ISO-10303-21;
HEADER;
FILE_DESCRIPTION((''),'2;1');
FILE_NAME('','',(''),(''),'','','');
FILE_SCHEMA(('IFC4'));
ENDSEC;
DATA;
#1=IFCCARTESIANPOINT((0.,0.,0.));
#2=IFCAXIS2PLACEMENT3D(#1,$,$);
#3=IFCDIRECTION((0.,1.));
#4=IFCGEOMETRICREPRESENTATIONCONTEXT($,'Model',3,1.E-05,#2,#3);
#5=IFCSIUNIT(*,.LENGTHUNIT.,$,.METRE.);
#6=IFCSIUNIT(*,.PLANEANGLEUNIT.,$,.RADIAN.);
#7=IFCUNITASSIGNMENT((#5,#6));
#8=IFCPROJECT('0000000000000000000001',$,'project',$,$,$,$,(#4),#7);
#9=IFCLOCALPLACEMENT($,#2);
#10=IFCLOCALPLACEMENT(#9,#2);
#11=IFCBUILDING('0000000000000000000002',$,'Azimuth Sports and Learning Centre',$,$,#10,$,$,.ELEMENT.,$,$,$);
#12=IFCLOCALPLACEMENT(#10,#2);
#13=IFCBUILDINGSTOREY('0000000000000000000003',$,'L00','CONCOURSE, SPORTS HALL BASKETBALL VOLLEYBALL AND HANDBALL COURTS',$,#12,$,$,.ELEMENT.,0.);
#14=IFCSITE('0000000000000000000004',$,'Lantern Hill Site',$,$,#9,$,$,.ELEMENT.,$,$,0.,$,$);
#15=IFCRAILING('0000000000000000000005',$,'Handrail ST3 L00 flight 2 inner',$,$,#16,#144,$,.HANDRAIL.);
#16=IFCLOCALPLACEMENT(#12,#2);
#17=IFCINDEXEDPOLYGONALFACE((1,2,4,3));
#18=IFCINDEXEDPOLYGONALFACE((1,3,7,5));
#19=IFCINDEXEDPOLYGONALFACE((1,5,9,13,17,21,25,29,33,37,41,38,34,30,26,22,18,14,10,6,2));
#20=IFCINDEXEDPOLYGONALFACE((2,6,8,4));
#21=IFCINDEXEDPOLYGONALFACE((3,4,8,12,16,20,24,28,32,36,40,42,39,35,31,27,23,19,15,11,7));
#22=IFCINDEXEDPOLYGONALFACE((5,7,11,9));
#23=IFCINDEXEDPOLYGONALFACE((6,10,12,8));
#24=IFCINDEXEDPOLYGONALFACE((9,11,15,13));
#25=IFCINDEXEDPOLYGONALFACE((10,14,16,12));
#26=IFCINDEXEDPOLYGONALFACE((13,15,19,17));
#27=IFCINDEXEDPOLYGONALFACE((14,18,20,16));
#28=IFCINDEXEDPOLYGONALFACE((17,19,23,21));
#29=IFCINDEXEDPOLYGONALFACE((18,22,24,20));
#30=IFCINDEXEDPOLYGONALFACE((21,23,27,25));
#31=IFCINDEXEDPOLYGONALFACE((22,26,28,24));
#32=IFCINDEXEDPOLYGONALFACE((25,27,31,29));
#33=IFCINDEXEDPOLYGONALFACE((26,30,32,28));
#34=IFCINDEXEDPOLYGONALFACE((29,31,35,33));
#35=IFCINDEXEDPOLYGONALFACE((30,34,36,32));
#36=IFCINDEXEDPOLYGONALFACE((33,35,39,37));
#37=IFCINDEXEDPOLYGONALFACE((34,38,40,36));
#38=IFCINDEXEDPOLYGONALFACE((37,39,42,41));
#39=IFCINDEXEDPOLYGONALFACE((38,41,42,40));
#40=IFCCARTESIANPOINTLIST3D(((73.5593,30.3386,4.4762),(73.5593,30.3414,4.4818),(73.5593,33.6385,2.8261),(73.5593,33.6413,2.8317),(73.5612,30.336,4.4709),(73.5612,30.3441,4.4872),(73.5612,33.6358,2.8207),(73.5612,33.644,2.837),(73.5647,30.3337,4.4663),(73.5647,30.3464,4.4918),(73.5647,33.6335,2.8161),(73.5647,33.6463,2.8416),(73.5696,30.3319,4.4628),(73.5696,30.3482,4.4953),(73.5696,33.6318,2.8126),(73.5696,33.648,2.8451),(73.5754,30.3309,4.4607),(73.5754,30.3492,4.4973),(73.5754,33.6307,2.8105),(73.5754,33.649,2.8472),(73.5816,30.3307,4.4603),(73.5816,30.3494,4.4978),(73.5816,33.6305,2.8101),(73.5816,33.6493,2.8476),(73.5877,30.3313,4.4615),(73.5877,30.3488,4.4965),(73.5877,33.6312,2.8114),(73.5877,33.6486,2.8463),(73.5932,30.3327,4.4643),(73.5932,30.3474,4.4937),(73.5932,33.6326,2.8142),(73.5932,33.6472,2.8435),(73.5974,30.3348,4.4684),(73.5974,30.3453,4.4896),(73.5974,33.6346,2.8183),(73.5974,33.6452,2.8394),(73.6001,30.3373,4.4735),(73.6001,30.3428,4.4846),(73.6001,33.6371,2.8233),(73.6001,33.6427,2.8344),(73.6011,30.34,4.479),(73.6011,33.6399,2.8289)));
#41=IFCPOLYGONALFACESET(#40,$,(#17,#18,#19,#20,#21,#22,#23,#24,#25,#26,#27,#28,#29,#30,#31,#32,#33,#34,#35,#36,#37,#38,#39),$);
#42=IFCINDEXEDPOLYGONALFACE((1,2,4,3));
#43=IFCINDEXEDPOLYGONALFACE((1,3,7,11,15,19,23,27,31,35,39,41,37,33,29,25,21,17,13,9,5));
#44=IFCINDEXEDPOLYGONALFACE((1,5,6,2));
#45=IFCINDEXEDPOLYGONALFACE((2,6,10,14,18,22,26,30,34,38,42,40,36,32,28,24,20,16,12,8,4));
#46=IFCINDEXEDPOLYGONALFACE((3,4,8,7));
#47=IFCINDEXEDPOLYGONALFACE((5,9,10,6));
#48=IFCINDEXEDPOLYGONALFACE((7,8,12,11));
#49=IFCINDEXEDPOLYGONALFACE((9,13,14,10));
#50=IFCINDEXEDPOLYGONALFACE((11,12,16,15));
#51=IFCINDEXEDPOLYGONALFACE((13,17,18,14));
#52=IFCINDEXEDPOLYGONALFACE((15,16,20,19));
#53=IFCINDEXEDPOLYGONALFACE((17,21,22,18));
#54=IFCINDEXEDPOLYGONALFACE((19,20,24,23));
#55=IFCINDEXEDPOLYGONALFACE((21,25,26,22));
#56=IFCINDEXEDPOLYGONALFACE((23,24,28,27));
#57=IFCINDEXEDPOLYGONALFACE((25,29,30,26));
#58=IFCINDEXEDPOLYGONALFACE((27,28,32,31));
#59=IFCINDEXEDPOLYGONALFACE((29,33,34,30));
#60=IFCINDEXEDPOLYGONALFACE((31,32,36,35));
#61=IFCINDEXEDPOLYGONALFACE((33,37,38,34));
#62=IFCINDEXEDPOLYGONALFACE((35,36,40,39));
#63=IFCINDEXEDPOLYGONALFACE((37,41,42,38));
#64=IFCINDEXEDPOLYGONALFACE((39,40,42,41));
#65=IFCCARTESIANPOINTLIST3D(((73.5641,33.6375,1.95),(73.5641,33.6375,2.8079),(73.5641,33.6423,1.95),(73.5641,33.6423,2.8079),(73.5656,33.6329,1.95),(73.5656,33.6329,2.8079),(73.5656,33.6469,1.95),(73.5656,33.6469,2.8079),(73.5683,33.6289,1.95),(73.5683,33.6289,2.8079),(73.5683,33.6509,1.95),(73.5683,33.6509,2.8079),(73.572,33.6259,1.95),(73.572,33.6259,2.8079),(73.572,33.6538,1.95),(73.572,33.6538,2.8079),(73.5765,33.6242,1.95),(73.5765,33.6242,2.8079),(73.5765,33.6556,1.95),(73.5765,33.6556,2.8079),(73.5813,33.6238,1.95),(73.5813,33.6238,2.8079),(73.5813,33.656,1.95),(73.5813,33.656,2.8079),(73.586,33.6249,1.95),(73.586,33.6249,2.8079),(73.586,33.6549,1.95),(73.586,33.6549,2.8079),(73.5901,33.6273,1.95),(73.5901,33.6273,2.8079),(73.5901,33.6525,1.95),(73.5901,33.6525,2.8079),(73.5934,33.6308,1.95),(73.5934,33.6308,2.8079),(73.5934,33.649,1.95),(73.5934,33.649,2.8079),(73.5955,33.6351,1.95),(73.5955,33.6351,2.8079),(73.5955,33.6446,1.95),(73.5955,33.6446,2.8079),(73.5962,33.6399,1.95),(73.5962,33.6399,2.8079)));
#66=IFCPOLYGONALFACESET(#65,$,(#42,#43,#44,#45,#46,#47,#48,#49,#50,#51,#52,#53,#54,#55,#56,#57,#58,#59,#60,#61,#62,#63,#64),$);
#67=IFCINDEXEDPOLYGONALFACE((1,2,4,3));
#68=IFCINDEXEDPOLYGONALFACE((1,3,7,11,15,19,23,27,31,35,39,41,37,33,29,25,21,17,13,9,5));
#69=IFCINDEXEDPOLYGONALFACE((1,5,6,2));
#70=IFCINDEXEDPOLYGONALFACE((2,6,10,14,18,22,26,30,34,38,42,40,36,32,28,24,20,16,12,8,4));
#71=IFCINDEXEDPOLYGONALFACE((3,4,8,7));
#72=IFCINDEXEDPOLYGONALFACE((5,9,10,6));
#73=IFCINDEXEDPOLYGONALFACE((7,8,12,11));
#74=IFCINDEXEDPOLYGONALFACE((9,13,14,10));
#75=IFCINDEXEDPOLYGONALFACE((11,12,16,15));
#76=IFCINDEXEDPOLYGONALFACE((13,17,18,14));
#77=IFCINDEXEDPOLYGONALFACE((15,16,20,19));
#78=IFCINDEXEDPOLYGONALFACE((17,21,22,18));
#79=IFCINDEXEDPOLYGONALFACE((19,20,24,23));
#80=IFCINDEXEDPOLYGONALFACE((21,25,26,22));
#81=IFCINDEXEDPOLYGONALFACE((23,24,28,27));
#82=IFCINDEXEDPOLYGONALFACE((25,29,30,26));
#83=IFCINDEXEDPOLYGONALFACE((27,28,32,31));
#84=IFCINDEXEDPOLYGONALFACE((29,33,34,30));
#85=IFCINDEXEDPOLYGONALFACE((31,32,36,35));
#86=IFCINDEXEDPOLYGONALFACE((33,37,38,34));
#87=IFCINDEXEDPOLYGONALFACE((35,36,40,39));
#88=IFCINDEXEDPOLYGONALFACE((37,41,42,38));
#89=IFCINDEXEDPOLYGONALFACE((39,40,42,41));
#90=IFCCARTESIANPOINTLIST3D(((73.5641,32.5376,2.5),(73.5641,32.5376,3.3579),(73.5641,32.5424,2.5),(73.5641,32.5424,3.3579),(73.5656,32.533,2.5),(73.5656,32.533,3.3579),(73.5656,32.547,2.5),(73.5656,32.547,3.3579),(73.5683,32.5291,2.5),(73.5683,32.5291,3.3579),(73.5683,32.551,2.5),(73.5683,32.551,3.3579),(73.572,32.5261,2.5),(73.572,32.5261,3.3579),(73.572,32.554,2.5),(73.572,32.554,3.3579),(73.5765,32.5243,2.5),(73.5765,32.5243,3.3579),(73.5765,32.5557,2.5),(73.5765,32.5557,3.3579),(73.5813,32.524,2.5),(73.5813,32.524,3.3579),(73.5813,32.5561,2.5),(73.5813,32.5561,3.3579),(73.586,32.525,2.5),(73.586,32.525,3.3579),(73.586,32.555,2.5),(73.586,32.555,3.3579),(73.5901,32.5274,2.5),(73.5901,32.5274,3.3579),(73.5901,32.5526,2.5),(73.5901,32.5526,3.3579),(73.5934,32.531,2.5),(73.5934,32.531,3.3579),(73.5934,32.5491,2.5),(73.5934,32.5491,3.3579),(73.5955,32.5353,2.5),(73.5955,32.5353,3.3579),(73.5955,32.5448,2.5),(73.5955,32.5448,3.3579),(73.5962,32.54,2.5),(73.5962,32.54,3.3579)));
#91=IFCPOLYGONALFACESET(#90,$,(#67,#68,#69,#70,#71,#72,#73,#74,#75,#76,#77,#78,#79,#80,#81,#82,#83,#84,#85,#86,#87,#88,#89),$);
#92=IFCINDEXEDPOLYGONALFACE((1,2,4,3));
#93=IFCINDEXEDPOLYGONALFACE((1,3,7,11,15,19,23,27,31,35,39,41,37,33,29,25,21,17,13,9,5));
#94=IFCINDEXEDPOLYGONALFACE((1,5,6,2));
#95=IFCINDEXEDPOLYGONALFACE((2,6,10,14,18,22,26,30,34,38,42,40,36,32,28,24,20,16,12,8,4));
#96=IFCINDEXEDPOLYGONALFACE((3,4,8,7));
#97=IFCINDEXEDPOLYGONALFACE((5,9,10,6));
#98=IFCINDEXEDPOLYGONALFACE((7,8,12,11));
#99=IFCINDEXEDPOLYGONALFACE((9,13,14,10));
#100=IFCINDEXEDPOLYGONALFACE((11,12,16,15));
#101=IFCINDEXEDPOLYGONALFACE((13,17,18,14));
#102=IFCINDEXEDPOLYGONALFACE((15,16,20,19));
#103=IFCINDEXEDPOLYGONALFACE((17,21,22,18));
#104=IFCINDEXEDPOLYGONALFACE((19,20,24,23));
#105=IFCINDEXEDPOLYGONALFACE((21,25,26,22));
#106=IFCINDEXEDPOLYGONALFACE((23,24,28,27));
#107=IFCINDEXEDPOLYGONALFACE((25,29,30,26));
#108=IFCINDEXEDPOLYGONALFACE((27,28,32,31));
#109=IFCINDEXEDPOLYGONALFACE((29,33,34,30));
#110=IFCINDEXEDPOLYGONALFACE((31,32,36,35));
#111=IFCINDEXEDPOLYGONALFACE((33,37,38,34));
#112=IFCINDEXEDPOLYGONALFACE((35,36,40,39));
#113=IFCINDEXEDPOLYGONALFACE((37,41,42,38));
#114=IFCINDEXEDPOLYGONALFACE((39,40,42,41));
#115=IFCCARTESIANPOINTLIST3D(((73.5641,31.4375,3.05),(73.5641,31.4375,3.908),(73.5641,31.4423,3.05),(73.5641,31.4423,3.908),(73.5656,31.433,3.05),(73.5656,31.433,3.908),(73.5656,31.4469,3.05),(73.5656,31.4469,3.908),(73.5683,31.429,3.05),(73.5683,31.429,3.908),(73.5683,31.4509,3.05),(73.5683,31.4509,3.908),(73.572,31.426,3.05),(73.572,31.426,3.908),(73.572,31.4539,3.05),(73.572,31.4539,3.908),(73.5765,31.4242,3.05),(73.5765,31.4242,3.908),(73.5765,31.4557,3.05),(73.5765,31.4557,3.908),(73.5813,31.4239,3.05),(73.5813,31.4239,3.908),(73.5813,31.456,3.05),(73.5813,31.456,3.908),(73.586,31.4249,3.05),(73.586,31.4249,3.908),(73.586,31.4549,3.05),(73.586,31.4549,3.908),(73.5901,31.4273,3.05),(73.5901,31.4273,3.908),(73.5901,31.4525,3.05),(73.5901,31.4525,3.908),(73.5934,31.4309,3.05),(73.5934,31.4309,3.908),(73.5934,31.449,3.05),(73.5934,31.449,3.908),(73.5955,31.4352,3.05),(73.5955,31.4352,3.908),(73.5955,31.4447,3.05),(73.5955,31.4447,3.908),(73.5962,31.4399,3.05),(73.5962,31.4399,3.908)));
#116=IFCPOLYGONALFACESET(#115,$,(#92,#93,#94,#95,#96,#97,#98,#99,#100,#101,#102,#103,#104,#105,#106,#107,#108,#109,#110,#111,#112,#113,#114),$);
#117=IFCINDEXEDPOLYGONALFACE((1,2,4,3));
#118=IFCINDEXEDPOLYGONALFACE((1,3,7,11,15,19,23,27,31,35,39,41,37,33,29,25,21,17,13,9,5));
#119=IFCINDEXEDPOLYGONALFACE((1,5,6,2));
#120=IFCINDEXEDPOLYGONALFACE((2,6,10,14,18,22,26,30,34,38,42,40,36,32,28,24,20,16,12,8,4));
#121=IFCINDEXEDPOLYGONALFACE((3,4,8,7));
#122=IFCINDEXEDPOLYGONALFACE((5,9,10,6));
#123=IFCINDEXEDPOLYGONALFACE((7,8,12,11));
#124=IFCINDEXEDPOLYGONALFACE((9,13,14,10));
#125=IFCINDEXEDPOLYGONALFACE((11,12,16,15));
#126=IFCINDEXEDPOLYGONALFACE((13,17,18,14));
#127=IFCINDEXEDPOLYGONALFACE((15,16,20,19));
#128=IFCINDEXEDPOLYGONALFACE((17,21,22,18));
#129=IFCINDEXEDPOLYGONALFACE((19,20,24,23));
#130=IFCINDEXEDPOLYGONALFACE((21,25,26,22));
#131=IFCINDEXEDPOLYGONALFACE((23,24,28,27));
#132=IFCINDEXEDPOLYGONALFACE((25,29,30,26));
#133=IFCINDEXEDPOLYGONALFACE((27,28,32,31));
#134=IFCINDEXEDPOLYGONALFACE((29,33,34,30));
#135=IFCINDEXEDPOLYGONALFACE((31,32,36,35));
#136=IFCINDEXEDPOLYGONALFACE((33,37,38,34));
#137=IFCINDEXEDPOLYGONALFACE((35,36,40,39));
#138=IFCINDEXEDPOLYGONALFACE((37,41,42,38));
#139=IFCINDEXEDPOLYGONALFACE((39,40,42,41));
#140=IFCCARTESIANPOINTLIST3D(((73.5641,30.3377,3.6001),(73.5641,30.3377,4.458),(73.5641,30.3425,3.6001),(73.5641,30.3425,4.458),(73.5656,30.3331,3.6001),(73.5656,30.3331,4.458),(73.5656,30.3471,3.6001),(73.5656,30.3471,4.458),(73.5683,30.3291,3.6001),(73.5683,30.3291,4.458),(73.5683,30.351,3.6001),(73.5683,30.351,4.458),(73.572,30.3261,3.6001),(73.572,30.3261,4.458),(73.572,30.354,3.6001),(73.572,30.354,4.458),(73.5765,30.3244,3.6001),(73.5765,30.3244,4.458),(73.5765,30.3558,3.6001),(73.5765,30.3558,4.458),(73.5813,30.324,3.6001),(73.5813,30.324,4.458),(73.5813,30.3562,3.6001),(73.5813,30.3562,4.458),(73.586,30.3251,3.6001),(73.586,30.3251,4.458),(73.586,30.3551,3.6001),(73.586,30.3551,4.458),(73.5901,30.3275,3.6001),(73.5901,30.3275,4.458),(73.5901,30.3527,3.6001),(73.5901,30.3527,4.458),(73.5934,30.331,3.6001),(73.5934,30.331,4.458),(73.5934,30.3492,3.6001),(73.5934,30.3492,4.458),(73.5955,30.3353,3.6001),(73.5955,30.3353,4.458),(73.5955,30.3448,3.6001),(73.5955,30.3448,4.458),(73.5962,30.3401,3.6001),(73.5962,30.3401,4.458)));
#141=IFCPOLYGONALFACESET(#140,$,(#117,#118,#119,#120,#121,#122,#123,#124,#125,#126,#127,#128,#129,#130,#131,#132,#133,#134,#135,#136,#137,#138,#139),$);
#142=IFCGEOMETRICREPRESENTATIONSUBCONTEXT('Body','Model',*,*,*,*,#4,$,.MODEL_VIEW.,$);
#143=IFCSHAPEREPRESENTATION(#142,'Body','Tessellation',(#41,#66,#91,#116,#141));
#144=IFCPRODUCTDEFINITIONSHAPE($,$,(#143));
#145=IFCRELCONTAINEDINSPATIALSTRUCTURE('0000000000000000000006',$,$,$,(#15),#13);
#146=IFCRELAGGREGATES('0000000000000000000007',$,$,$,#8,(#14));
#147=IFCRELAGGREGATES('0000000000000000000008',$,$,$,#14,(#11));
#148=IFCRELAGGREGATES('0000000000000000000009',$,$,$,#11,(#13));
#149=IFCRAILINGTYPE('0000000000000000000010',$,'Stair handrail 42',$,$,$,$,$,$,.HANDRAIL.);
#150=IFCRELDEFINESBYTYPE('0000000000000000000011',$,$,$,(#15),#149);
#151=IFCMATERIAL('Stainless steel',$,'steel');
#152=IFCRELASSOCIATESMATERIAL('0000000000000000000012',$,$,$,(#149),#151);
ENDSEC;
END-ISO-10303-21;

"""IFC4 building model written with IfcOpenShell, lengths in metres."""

from ifc_helpers import new_model, si_unit, direction, frame, origin, origin_2d, place, context, subcontext, project, spatial, circle, extrude, material, type_object, element, save


model = new_model("IFC4")

# Units and contexts
model_context = context("Model", 3, precision=1e-05, world=origin(), true_north=direction((0.0, 1.0)))
body_context = subcontext(model_context, "Body", "Model", "MODEL_VIEW")
ifc_project = project(units=[si_unit("LENGTHUNIT", "METRE"), si_unit("PLANEANGLEUNIT", "RADIAN")], contexts=[model_context])

# Site, building, storey
site_placement = place(None, origin())
site = spatial("IfcSite", under=ifc_project, at=site_placement, Name="Lantern Hill Site", CompositionType="ELEMENT", RefElevation=0.0)
building_placement = place(site_placement, origin())
building = spatial("IfcBuilding", under=site, at=building_placement, Name="Azimuth Sports and Learning Centre", CompositionType="ELEMENT")
storey_placement = place(building_placement, origin())
storey = spatial("IfcBuildingStorey", under=building, at=storey_placement, Name="L00", Description="CONCOURSE, SPORTS HALL BASKETBALL VOLLEYBALL AND HANDBALL COURTS", CompositionType="ELEMENT", Elevation=0.0)

# Railing
ifc_material_1 = material(Name="Stainless steel", Category="steel")
railing_type_1 = type_object("IfcRailingType", Name="Stair handrail 42", PredefinedType="HANDRAIL", material=ifc_material_1)
for number, where, name in (
    (1, (73.5801, 33.6399, 1.95), "Handrail ST3 L00 flight 2 inner"),
):
    element("IfcRailing", number, at=place(storey_placement, frame(where)), inside=storey, type_object=railing_type_1, Name=name, PredefinedType="HANDRAIL", context=body_context, shape_type="SweptSolid", body=[
        extrude(circle(Radius=0.021, at=origin_2d()), frame((0.0, 0.0, 0.8789), z_axis=(0.0, -0.894401, 0.447267), x_axis=(1.0, 0.0, 0.0)), (0.0, 0.0, 1.0), 3.6895),
        extrude(circle(Radius=0.0161, at=origin_2d()), origin(), (0.0, 0.0, 1.0), 0.8579),
        extrude(circle(Radius=0.0161, at=origin_2d()), frame((0.0, -1.0999, 0.55)), (0.0, 0.0, 1.0), 0.8579),
        extrude(circle(Radius=0.0161, at=origin_2d()), frame((0.0, -2.2, 1.1001)), (0.0, 0.0, 1.0), 0.8579),
        extrude(circle(Radius=0.0161, at=origin_2d()), frame((0.0, -3.2998, 1.6501)), (0.0, 0.0, 1.0), 0.8579),
    ])

save(model, "model.ifc")
